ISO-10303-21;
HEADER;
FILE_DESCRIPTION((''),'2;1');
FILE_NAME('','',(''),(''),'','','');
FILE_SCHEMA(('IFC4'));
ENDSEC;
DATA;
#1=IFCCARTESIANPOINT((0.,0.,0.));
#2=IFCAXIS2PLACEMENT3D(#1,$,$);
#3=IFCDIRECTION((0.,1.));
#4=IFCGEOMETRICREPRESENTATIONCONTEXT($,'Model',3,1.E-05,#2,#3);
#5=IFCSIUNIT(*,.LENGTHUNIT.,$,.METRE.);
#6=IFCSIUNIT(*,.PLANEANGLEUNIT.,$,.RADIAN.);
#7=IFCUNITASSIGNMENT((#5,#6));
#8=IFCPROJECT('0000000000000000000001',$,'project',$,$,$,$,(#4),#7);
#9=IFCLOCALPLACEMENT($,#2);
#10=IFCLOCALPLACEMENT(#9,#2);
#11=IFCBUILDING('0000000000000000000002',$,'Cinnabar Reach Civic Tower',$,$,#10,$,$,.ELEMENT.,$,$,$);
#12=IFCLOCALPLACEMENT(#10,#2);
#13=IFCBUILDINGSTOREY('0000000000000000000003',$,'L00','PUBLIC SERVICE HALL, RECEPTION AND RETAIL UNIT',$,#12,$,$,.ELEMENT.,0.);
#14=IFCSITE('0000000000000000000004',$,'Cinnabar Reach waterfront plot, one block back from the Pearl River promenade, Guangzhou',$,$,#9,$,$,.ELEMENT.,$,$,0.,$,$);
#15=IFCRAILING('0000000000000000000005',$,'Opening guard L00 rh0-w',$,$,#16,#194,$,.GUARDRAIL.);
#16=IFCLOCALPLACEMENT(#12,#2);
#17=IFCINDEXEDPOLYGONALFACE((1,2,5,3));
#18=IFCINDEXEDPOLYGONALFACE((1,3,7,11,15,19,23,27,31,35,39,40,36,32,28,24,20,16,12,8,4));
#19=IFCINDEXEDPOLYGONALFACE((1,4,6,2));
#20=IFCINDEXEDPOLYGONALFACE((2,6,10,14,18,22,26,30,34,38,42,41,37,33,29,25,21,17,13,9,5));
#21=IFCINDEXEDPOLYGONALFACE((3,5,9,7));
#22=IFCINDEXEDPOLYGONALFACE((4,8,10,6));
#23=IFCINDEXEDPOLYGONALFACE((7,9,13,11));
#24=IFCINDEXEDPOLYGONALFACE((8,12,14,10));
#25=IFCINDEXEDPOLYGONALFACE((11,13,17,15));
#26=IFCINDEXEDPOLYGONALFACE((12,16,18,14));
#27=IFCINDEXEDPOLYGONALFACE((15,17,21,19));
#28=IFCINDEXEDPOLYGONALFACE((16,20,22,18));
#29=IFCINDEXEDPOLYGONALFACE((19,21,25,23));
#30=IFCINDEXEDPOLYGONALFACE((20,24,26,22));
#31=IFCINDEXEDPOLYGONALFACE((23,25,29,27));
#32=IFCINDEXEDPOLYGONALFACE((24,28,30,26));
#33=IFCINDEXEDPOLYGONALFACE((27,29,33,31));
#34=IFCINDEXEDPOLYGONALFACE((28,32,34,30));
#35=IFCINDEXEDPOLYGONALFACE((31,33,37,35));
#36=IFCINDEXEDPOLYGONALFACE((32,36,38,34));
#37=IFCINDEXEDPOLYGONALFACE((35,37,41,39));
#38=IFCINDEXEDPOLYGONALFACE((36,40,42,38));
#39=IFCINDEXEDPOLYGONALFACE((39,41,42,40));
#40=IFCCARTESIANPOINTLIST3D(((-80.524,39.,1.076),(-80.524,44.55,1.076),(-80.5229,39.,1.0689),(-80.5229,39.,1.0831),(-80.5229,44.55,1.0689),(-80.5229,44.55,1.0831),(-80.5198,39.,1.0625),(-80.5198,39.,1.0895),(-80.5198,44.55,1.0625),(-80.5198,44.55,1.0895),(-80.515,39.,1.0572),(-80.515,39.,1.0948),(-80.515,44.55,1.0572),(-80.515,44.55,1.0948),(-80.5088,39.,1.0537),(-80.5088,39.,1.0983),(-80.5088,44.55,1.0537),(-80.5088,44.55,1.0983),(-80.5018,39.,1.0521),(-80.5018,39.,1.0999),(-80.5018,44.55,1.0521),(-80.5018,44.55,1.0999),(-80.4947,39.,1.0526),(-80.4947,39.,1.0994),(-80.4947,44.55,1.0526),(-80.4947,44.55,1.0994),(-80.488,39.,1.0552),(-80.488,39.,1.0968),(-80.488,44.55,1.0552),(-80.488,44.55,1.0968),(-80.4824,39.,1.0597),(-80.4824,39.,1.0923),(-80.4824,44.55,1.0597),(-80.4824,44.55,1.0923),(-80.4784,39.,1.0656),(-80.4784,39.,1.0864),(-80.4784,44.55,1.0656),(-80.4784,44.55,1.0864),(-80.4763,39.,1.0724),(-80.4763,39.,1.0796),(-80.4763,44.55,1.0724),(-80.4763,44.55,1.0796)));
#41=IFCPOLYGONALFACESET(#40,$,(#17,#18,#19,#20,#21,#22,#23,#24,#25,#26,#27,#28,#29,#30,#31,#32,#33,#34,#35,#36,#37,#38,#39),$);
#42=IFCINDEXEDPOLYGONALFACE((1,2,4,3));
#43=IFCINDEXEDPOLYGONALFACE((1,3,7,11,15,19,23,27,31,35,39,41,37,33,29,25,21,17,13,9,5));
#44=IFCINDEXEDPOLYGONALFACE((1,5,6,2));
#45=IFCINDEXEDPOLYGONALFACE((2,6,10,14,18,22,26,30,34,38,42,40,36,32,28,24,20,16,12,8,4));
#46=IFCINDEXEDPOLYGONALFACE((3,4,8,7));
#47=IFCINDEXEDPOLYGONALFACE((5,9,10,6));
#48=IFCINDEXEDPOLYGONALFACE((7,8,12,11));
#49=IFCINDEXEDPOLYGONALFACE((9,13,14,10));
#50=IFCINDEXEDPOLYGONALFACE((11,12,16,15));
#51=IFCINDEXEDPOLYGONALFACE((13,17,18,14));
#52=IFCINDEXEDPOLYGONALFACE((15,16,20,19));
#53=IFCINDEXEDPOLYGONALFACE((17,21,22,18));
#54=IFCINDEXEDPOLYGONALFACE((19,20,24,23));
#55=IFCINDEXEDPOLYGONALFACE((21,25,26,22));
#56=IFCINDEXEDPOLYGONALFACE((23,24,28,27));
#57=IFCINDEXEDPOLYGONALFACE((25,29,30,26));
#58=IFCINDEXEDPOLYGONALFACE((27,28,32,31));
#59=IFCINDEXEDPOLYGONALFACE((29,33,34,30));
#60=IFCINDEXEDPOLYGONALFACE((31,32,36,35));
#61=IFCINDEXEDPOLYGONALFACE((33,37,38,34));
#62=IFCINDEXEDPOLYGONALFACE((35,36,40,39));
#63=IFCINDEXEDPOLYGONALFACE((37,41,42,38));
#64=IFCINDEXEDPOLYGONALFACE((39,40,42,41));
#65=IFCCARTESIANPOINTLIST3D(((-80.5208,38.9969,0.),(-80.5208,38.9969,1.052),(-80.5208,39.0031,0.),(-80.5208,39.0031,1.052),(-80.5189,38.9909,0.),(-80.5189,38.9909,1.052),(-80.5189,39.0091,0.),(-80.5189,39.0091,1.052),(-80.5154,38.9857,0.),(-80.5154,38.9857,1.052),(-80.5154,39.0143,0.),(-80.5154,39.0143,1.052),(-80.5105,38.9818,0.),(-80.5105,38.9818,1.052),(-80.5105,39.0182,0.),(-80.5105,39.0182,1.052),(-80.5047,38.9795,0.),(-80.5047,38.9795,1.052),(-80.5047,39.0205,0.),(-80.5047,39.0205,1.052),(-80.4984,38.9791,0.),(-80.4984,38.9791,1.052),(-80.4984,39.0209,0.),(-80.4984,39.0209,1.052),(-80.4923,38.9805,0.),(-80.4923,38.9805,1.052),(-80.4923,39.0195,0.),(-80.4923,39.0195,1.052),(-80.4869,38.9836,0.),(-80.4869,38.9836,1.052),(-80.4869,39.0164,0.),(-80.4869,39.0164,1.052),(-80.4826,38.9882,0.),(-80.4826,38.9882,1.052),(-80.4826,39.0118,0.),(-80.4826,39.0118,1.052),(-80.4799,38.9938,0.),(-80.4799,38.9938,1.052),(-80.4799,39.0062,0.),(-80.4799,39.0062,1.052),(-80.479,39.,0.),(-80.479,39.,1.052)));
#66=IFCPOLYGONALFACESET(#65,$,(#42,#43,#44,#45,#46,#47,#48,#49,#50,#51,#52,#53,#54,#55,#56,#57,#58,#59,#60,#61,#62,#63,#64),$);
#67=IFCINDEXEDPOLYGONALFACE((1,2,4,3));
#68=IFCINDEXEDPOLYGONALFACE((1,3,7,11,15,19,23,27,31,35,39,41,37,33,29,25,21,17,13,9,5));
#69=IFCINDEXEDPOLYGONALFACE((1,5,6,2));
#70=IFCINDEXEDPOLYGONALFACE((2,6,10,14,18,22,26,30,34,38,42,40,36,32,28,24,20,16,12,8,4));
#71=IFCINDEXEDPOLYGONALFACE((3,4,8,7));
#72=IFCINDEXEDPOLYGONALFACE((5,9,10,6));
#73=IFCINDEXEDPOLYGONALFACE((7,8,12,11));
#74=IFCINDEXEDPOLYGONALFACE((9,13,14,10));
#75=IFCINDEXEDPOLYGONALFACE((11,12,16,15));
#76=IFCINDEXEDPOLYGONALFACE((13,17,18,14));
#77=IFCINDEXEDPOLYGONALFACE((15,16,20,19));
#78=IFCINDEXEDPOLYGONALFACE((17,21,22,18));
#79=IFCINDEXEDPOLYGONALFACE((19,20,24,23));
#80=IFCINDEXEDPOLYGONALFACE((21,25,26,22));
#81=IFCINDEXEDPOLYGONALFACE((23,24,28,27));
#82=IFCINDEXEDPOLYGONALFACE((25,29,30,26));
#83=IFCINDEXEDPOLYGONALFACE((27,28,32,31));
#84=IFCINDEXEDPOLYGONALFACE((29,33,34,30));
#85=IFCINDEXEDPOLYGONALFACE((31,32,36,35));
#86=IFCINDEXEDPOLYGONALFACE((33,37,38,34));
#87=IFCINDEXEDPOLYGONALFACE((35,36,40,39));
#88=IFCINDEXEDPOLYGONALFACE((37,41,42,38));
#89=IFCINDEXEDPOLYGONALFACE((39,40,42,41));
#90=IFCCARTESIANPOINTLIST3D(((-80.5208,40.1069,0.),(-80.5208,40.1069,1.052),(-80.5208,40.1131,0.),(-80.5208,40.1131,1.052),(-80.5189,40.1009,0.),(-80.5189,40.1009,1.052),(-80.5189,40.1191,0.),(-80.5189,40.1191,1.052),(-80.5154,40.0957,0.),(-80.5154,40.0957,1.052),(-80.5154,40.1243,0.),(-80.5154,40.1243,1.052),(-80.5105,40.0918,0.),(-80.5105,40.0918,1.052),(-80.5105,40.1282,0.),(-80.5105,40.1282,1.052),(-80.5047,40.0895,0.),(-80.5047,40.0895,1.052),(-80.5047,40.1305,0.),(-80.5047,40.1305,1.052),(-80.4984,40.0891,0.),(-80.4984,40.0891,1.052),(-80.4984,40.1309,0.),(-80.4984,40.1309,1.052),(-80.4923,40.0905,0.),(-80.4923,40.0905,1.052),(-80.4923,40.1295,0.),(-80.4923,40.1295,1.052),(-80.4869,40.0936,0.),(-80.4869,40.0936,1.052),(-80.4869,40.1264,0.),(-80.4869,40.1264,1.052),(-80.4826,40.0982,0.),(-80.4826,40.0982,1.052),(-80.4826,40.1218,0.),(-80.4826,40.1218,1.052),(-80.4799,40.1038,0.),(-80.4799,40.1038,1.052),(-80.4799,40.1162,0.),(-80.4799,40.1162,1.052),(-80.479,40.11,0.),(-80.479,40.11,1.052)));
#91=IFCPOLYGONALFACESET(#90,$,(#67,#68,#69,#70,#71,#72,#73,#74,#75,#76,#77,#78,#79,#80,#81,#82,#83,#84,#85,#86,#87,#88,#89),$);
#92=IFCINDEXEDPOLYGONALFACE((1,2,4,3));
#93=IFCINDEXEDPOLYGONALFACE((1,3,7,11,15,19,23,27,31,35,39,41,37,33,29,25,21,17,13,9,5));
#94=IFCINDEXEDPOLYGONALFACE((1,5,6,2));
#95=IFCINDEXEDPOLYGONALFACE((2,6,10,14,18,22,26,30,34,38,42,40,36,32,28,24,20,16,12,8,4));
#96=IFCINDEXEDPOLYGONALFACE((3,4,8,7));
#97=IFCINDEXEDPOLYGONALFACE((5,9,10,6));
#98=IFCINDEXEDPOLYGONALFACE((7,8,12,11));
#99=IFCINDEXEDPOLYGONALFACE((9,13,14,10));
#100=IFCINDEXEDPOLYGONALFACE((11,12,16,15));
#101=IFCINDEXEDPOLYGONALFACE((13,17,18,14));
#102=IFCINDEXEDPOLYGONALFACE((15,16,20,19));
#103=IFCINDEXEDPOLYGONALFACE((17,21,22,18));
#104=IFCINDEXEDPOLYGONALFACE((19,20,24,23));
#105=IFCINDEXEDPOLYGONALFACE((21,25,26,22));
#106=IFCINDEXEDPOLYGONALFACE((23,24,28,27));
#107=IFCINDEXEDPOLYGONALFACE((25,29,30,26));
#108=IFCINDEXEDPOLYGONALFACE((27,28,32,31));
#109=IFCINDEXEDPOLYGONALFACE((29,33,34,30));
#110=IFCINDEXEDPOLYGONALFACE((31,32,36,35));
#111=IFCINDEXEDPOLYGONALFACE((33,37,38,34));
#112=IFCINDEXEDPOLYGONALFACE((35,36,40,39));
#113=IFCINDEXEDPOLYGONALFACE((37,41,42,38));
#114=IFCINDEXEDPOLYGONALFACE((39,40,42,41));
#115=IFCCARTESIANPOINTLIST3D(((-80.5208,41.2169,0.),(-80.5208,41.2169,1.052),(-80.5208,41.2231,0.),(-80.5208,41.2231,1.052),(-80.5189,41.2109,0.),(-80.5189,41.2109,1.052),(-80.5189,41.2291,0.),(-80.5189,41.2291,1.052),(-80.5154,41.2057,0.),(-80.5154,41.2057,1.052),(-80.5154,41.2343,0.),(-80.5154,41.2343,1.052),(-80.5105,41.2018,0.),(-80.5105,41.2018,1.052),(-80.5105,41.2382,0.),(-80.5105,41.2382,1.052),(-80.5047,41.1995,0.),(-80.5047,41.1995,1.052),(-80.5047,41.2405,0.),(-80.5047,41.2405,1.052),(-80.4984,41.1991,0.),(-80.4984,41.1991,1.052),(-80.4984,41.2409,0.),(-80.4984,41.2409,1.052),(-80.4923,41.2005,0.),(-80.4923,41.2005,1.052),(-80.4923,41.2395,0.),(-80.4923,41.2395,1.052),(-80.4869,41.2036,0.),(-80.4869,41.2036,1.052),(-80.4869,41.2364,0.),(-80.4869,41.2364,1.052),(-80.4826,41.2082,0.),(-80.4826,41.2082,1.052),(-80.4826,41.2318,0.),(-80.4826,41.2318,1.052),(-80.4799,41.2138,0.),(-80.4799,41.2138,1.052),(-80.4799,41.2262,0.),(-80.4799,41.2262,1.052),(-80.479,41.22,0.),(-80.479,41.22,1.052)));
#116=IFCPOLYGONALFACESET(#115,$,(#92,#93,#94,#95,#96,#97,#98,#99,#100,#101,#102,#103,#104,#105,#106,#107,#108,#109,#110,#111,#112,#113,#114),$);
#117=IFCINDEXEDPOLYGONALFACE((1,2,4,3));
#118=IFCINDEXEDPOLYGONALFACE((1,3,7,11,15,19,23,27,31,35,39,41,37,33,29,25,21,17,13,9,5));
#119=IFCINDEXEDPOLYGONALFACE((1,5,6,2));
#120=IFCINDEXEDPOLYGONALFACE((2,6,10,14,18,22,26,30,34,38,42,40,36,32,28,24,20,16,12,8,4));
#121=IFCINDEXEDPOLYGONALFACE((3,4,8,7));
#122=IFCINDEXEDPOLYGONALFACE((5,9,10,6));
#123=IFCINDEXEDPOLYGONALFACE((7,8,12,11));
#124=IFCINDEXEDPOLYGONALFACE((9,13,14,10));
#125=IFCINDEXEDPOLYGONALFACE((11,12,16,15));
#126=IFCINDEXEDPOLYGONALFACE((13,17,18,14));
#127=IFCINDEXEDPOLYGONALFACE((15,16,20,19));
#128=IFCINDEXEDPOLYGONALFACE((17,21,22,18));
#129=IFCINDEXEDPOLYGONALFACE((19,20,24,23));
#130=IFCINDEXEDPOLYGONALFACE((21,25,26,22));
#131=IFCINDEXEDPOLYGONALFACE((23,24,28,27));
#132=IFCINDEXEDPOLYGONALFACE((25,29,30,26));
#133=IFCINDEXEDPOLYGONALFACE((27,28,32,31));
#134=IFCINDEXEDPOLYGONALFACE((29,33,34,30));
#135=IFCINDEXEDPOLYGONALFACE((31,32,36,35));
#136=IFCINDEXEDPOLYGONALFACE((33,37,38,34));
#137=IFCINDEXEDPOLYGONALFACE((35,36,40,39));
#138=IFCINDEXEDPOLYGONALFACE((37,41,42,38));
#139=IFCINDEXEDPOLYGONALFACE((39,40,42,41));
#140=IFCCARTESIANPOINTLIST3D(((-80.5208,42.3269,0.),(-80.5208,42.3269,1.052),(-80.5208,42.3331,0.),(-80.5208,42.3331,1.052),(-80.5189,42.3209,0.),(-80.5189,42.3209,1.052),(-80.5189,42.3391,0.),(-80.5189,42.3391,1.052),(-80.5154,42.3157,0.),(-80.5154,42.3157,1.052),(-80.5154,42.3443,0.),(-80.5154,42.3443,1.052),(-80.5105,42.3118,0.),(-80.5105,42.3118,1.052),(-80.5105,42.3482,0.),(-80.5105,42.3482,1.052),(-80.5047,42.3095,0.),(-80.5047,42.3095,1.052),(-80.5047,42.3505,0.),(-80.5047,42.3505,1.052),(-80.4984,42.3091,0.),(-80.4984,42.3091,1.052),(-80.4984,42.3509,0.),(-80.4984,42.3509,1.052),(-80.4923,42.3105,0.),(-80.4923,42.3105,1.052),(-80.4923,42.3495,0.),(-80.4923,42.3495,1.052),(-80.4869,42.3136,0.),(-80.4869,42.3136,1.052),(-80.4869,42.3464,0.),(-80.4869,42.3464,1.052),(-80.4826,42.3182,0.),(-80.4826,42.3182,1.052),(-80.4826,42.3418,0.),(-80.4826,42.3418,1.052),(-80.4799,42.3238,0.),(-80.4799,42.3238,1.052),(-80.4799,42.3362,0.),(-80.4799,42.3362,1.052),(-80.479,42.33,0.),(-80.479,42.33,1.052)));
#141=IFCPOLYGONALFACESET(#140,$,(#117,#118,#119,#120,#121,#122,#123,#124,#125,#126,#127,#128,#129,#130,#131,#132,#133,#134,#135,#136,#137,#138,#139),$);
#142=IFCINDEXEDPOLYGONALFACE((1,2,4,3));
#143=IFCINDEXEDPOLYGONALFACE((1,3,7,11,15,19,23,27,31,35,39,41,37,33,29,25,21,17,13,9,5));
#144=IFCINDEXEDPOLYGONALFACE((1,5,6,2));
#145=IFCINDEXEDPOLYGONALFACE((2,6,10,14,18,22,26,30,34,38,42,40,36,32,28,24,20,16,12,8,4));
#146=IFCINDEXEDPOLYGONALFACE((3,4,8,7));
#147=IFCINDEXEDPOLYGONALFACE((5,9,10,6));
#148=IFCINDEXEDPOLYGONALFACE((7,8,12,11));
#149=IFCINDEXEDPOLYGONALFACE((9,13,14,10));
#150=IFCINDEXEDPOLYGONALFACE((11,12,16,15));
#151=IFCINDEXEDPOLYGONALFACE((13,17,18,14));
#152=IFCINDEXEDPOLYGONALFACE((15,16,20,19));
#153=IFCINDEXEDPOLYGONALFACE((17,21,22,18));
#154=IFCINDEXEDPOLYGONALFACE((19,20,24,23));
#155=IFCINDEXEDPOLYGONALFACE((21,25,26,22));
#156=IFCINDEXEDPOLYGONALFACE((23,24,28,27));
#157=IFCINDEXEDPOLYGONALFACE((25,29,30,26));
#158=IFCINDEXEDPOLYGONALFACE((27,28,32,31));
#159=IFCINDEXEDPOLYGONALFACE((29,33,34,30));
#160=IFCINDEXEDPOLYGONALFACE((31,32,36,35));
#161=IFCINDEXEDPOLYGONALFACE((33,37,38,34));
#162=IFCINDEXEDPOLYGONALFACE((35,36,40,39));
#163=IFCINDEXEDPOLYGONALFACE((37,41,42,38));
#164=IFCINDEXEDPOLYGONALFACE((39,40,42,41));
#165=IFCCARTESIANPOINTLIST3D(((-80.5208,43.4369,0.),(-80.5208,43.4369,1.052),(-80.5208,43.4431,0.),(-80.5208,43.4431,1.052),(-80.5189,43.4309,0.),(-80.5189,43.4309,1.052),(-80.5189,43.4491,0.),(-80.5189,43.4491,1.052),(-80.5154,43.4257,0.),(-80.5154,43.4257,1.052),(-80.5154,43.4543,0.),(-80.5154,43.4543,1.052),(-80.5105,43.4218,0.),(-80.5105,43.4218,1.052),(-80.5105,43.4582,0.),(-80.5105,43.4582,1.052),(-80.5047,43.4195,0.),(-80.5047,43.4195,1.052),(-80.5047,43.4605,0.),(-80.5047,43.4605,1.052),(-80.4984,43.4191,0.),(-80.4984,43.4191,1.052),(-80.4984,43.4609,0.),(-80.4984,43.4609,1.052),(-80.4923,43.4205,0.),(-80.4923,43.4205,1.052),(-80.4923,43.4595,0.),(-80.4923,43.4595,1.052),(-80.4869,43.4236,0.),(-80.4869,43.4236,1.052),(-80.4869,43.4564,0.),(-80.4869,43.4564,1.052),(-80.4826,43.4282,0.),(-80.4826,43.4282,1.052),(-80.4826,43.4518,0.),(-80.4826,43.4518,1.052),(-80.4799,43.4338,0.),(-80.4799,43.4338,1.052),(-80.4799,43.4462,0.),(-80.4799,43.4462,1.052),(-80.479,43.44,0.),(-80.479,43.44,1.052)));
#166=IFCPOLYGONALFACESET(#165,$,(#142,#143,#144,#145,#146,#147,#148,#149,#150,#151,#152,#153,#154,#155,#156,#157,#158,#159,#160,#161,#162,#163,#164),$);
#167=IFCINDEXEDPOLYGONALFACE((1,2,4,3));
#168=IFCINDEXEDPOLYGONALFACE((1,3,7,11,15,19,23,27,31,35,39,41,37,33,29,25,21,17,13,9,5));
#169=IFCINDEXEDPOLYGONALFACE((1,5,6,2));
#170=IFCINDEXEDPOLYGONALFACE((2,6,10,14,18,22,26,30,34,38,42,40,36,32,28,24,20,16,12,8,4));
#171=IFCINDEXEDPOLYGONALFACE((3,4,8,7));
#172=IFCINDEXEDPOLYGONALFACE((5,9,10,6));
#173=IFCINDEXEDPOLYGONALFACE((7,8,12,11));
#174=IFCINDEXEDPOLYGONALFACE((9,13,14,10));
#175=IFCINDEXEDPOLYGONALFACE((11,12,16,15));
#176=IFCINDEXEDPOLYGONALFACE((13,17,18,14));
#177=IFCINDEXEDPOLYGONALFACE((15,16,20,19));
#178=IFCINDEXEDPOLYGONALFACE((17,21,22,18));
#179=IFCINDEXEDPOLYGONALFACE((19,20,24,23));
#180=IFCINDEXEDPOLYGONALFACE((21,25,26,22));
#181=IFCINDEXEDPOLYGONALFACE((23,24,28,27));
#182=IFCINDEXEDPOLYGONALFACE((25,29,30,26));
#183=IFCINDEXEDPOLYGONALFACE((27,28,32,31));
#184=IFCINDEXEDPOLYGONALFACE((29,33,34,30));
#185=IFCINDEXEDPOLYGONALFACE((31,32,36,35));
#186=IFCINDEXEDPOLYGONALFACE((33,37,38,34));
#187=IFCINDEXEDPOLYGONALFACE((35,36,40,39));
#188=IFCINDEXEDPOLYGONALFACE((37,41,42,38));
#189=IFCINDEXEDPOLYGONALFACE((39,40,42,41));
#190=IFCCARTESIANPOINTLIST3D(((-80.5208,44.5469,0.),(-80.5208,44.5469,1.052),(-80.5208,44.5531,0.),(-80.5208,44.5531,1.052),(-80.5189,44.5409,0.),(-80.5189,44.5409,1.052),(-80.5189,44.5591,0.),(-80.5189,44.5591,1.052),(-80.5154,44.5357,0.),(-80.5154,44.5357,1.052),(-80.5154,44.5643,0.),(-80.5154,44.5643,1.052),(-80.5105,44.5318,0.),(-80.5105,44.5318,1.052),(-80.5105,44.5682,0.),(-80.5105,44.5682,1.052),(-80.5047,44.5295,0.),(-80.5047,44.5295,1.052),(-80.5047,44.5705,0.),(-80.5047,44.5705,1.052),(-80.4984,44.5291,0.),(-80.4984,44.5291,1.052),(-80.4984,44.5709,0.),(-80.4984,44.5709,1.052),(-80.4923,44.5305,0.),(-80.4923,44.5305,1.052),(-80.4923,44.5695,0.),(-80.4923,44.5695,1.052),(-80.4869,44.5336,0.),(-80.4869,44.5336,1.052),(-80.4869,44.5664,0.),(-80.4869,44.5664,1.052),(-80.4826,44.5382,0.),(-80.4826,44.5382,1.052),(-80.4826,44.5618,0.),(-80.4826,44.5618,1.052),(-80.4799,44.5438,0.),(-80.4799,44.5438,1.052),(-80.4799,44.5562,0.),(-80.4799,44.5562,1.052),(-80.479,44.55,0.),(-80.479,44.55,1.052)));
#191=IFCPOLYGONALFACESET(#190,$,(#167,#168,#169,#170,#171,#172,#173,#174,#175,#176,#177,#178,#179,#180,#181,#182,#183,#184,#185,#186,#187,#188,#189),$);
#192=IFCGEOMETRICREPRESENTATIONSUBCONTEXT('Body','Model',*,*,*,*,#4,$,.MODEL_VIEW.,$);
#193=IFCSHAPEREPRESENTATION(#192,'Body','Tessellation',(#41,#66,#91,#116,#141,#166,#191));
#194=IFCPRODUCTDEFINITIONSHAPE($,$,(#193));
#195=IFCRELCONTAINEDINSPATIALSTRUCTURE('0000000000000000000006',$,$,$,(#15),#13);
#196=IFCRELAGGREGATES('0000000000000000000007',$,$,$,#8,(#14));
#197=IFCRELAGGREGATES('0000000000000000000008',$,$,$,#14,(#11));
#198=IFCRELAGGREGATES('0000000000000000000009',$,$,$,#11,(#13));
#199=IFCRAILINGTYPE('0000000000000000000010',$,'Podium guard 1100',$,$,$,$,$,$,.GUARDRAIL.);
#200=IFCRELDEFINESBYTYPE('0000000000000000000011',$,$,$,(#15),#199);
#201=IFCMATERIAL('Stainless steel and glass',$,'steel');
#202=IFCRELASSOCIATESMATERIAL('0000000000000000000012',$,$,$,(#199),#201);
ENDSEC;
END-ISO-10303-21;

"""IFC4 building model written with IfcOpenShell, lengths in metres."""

from ifc_helpers import new_model, si_unit, direction, frame, origin, origin_2d, place, context, subcontext, project, spatial, circle, extrude, material, type_object, element, save


model = new_model("IFC4")

# Units and contexts
model_context = context("Model", 3, precision=1e-05, world=origin(), true_north=direction((0.0, 1.0)))
body_context = subcontext(model_context, "Body", "Model", "MODEL_VIEW")
ifc_project = project(units=[si_unit("LENGTHUNIT", "METRE"), si_unit("PLANEANGLEUNIT", "RADIAN")], contexts=[model_context])

# Site, building, storey
site_placement = place(None, origin())
site = spatial("IfcSite", under=ifc_project, at=site_placement, Name="Cinnabar Reach waterfront plot, one block back from the Pearl River promenade, Guangzhou", CompositionType="ELEMENT", RefElevation=0.0)
building_placement = place(site_placement, origin())
building = spatial("IfcBuilding", under=site, at=building_placement, Name="Cinnabar Reach Civic Tower", CompositionType="ELEMENT")
storey_placement = place(building_placement, origin())
storey = spatial("IfcBuildingStorey", under=building, at=storey_placement, Name="L00", Description="PUBLIC SERVICE HALL, RECEPTION AND RETAIL UNIT", CompositionType="ELEMENT", Elevation=0.0)

# Railing
ifc_material_1 = material(Name="Stainless steel and glass", Category="steel")
railing_type = type_object("IfcRailingType", Name="Podium guard 1100", PredefinedType="GUARDRAIL", material=ifc_material_1)
railing_1_placement = place(storey_placement, frame((-80.5, 39.0, 0.0)))
element("IfcRailing", 1, at=railing_1_placement, inside=storey, type_object=railing_type, Name="Opening guard L00 rh0-w", PredefinedType="GUARDRAIL", context=body_context, shape_type="SweptSolid", body=[
    extrude(circle(Radius=0.024, at=origin_2d()), frame((0.0, 0.0, 1.076), z_axis=(0.0, 1.0, 0.0), x_axis=(-1.0, 0.0, 0.0)), (0.0, 0.0, 1.0), 5.55),
    extrude(circle(Radius=0.021, at=origin_2d()), origin(), (0.0, 0.0, 1.0), 1.052),
    extrude(circle(Radius=0.021, at=origin_2d()), frame((0.0, 1.11, 0.0)), (0.0, 0.0, 1.0), 1.052),
    extrude(circle(Radius=0.021, at=origin_2d()), frame((0.0, 2.22, 0.0)), (0.0, 0.0, 1.0), 1.052),
    extrude(circle(Radius=0.021, at=origin_2d()), frame((0.0, 3.33, 0.0)), (0.0, 0.0, 1.0), 1.052),
    extrude(circle(Radius=0.021, at=origin_2d()), frame((0.0, 4.44, 0.0)), (0.0, 0.0, 1.0), 1.052),
    extrude(circle(Radius=0.021, at=origin_2d()), frame((0.0, 5.55, 0.0)), (0.0, 0.0, 1.0), 1.052),
])

save(model, "model.ifc")
